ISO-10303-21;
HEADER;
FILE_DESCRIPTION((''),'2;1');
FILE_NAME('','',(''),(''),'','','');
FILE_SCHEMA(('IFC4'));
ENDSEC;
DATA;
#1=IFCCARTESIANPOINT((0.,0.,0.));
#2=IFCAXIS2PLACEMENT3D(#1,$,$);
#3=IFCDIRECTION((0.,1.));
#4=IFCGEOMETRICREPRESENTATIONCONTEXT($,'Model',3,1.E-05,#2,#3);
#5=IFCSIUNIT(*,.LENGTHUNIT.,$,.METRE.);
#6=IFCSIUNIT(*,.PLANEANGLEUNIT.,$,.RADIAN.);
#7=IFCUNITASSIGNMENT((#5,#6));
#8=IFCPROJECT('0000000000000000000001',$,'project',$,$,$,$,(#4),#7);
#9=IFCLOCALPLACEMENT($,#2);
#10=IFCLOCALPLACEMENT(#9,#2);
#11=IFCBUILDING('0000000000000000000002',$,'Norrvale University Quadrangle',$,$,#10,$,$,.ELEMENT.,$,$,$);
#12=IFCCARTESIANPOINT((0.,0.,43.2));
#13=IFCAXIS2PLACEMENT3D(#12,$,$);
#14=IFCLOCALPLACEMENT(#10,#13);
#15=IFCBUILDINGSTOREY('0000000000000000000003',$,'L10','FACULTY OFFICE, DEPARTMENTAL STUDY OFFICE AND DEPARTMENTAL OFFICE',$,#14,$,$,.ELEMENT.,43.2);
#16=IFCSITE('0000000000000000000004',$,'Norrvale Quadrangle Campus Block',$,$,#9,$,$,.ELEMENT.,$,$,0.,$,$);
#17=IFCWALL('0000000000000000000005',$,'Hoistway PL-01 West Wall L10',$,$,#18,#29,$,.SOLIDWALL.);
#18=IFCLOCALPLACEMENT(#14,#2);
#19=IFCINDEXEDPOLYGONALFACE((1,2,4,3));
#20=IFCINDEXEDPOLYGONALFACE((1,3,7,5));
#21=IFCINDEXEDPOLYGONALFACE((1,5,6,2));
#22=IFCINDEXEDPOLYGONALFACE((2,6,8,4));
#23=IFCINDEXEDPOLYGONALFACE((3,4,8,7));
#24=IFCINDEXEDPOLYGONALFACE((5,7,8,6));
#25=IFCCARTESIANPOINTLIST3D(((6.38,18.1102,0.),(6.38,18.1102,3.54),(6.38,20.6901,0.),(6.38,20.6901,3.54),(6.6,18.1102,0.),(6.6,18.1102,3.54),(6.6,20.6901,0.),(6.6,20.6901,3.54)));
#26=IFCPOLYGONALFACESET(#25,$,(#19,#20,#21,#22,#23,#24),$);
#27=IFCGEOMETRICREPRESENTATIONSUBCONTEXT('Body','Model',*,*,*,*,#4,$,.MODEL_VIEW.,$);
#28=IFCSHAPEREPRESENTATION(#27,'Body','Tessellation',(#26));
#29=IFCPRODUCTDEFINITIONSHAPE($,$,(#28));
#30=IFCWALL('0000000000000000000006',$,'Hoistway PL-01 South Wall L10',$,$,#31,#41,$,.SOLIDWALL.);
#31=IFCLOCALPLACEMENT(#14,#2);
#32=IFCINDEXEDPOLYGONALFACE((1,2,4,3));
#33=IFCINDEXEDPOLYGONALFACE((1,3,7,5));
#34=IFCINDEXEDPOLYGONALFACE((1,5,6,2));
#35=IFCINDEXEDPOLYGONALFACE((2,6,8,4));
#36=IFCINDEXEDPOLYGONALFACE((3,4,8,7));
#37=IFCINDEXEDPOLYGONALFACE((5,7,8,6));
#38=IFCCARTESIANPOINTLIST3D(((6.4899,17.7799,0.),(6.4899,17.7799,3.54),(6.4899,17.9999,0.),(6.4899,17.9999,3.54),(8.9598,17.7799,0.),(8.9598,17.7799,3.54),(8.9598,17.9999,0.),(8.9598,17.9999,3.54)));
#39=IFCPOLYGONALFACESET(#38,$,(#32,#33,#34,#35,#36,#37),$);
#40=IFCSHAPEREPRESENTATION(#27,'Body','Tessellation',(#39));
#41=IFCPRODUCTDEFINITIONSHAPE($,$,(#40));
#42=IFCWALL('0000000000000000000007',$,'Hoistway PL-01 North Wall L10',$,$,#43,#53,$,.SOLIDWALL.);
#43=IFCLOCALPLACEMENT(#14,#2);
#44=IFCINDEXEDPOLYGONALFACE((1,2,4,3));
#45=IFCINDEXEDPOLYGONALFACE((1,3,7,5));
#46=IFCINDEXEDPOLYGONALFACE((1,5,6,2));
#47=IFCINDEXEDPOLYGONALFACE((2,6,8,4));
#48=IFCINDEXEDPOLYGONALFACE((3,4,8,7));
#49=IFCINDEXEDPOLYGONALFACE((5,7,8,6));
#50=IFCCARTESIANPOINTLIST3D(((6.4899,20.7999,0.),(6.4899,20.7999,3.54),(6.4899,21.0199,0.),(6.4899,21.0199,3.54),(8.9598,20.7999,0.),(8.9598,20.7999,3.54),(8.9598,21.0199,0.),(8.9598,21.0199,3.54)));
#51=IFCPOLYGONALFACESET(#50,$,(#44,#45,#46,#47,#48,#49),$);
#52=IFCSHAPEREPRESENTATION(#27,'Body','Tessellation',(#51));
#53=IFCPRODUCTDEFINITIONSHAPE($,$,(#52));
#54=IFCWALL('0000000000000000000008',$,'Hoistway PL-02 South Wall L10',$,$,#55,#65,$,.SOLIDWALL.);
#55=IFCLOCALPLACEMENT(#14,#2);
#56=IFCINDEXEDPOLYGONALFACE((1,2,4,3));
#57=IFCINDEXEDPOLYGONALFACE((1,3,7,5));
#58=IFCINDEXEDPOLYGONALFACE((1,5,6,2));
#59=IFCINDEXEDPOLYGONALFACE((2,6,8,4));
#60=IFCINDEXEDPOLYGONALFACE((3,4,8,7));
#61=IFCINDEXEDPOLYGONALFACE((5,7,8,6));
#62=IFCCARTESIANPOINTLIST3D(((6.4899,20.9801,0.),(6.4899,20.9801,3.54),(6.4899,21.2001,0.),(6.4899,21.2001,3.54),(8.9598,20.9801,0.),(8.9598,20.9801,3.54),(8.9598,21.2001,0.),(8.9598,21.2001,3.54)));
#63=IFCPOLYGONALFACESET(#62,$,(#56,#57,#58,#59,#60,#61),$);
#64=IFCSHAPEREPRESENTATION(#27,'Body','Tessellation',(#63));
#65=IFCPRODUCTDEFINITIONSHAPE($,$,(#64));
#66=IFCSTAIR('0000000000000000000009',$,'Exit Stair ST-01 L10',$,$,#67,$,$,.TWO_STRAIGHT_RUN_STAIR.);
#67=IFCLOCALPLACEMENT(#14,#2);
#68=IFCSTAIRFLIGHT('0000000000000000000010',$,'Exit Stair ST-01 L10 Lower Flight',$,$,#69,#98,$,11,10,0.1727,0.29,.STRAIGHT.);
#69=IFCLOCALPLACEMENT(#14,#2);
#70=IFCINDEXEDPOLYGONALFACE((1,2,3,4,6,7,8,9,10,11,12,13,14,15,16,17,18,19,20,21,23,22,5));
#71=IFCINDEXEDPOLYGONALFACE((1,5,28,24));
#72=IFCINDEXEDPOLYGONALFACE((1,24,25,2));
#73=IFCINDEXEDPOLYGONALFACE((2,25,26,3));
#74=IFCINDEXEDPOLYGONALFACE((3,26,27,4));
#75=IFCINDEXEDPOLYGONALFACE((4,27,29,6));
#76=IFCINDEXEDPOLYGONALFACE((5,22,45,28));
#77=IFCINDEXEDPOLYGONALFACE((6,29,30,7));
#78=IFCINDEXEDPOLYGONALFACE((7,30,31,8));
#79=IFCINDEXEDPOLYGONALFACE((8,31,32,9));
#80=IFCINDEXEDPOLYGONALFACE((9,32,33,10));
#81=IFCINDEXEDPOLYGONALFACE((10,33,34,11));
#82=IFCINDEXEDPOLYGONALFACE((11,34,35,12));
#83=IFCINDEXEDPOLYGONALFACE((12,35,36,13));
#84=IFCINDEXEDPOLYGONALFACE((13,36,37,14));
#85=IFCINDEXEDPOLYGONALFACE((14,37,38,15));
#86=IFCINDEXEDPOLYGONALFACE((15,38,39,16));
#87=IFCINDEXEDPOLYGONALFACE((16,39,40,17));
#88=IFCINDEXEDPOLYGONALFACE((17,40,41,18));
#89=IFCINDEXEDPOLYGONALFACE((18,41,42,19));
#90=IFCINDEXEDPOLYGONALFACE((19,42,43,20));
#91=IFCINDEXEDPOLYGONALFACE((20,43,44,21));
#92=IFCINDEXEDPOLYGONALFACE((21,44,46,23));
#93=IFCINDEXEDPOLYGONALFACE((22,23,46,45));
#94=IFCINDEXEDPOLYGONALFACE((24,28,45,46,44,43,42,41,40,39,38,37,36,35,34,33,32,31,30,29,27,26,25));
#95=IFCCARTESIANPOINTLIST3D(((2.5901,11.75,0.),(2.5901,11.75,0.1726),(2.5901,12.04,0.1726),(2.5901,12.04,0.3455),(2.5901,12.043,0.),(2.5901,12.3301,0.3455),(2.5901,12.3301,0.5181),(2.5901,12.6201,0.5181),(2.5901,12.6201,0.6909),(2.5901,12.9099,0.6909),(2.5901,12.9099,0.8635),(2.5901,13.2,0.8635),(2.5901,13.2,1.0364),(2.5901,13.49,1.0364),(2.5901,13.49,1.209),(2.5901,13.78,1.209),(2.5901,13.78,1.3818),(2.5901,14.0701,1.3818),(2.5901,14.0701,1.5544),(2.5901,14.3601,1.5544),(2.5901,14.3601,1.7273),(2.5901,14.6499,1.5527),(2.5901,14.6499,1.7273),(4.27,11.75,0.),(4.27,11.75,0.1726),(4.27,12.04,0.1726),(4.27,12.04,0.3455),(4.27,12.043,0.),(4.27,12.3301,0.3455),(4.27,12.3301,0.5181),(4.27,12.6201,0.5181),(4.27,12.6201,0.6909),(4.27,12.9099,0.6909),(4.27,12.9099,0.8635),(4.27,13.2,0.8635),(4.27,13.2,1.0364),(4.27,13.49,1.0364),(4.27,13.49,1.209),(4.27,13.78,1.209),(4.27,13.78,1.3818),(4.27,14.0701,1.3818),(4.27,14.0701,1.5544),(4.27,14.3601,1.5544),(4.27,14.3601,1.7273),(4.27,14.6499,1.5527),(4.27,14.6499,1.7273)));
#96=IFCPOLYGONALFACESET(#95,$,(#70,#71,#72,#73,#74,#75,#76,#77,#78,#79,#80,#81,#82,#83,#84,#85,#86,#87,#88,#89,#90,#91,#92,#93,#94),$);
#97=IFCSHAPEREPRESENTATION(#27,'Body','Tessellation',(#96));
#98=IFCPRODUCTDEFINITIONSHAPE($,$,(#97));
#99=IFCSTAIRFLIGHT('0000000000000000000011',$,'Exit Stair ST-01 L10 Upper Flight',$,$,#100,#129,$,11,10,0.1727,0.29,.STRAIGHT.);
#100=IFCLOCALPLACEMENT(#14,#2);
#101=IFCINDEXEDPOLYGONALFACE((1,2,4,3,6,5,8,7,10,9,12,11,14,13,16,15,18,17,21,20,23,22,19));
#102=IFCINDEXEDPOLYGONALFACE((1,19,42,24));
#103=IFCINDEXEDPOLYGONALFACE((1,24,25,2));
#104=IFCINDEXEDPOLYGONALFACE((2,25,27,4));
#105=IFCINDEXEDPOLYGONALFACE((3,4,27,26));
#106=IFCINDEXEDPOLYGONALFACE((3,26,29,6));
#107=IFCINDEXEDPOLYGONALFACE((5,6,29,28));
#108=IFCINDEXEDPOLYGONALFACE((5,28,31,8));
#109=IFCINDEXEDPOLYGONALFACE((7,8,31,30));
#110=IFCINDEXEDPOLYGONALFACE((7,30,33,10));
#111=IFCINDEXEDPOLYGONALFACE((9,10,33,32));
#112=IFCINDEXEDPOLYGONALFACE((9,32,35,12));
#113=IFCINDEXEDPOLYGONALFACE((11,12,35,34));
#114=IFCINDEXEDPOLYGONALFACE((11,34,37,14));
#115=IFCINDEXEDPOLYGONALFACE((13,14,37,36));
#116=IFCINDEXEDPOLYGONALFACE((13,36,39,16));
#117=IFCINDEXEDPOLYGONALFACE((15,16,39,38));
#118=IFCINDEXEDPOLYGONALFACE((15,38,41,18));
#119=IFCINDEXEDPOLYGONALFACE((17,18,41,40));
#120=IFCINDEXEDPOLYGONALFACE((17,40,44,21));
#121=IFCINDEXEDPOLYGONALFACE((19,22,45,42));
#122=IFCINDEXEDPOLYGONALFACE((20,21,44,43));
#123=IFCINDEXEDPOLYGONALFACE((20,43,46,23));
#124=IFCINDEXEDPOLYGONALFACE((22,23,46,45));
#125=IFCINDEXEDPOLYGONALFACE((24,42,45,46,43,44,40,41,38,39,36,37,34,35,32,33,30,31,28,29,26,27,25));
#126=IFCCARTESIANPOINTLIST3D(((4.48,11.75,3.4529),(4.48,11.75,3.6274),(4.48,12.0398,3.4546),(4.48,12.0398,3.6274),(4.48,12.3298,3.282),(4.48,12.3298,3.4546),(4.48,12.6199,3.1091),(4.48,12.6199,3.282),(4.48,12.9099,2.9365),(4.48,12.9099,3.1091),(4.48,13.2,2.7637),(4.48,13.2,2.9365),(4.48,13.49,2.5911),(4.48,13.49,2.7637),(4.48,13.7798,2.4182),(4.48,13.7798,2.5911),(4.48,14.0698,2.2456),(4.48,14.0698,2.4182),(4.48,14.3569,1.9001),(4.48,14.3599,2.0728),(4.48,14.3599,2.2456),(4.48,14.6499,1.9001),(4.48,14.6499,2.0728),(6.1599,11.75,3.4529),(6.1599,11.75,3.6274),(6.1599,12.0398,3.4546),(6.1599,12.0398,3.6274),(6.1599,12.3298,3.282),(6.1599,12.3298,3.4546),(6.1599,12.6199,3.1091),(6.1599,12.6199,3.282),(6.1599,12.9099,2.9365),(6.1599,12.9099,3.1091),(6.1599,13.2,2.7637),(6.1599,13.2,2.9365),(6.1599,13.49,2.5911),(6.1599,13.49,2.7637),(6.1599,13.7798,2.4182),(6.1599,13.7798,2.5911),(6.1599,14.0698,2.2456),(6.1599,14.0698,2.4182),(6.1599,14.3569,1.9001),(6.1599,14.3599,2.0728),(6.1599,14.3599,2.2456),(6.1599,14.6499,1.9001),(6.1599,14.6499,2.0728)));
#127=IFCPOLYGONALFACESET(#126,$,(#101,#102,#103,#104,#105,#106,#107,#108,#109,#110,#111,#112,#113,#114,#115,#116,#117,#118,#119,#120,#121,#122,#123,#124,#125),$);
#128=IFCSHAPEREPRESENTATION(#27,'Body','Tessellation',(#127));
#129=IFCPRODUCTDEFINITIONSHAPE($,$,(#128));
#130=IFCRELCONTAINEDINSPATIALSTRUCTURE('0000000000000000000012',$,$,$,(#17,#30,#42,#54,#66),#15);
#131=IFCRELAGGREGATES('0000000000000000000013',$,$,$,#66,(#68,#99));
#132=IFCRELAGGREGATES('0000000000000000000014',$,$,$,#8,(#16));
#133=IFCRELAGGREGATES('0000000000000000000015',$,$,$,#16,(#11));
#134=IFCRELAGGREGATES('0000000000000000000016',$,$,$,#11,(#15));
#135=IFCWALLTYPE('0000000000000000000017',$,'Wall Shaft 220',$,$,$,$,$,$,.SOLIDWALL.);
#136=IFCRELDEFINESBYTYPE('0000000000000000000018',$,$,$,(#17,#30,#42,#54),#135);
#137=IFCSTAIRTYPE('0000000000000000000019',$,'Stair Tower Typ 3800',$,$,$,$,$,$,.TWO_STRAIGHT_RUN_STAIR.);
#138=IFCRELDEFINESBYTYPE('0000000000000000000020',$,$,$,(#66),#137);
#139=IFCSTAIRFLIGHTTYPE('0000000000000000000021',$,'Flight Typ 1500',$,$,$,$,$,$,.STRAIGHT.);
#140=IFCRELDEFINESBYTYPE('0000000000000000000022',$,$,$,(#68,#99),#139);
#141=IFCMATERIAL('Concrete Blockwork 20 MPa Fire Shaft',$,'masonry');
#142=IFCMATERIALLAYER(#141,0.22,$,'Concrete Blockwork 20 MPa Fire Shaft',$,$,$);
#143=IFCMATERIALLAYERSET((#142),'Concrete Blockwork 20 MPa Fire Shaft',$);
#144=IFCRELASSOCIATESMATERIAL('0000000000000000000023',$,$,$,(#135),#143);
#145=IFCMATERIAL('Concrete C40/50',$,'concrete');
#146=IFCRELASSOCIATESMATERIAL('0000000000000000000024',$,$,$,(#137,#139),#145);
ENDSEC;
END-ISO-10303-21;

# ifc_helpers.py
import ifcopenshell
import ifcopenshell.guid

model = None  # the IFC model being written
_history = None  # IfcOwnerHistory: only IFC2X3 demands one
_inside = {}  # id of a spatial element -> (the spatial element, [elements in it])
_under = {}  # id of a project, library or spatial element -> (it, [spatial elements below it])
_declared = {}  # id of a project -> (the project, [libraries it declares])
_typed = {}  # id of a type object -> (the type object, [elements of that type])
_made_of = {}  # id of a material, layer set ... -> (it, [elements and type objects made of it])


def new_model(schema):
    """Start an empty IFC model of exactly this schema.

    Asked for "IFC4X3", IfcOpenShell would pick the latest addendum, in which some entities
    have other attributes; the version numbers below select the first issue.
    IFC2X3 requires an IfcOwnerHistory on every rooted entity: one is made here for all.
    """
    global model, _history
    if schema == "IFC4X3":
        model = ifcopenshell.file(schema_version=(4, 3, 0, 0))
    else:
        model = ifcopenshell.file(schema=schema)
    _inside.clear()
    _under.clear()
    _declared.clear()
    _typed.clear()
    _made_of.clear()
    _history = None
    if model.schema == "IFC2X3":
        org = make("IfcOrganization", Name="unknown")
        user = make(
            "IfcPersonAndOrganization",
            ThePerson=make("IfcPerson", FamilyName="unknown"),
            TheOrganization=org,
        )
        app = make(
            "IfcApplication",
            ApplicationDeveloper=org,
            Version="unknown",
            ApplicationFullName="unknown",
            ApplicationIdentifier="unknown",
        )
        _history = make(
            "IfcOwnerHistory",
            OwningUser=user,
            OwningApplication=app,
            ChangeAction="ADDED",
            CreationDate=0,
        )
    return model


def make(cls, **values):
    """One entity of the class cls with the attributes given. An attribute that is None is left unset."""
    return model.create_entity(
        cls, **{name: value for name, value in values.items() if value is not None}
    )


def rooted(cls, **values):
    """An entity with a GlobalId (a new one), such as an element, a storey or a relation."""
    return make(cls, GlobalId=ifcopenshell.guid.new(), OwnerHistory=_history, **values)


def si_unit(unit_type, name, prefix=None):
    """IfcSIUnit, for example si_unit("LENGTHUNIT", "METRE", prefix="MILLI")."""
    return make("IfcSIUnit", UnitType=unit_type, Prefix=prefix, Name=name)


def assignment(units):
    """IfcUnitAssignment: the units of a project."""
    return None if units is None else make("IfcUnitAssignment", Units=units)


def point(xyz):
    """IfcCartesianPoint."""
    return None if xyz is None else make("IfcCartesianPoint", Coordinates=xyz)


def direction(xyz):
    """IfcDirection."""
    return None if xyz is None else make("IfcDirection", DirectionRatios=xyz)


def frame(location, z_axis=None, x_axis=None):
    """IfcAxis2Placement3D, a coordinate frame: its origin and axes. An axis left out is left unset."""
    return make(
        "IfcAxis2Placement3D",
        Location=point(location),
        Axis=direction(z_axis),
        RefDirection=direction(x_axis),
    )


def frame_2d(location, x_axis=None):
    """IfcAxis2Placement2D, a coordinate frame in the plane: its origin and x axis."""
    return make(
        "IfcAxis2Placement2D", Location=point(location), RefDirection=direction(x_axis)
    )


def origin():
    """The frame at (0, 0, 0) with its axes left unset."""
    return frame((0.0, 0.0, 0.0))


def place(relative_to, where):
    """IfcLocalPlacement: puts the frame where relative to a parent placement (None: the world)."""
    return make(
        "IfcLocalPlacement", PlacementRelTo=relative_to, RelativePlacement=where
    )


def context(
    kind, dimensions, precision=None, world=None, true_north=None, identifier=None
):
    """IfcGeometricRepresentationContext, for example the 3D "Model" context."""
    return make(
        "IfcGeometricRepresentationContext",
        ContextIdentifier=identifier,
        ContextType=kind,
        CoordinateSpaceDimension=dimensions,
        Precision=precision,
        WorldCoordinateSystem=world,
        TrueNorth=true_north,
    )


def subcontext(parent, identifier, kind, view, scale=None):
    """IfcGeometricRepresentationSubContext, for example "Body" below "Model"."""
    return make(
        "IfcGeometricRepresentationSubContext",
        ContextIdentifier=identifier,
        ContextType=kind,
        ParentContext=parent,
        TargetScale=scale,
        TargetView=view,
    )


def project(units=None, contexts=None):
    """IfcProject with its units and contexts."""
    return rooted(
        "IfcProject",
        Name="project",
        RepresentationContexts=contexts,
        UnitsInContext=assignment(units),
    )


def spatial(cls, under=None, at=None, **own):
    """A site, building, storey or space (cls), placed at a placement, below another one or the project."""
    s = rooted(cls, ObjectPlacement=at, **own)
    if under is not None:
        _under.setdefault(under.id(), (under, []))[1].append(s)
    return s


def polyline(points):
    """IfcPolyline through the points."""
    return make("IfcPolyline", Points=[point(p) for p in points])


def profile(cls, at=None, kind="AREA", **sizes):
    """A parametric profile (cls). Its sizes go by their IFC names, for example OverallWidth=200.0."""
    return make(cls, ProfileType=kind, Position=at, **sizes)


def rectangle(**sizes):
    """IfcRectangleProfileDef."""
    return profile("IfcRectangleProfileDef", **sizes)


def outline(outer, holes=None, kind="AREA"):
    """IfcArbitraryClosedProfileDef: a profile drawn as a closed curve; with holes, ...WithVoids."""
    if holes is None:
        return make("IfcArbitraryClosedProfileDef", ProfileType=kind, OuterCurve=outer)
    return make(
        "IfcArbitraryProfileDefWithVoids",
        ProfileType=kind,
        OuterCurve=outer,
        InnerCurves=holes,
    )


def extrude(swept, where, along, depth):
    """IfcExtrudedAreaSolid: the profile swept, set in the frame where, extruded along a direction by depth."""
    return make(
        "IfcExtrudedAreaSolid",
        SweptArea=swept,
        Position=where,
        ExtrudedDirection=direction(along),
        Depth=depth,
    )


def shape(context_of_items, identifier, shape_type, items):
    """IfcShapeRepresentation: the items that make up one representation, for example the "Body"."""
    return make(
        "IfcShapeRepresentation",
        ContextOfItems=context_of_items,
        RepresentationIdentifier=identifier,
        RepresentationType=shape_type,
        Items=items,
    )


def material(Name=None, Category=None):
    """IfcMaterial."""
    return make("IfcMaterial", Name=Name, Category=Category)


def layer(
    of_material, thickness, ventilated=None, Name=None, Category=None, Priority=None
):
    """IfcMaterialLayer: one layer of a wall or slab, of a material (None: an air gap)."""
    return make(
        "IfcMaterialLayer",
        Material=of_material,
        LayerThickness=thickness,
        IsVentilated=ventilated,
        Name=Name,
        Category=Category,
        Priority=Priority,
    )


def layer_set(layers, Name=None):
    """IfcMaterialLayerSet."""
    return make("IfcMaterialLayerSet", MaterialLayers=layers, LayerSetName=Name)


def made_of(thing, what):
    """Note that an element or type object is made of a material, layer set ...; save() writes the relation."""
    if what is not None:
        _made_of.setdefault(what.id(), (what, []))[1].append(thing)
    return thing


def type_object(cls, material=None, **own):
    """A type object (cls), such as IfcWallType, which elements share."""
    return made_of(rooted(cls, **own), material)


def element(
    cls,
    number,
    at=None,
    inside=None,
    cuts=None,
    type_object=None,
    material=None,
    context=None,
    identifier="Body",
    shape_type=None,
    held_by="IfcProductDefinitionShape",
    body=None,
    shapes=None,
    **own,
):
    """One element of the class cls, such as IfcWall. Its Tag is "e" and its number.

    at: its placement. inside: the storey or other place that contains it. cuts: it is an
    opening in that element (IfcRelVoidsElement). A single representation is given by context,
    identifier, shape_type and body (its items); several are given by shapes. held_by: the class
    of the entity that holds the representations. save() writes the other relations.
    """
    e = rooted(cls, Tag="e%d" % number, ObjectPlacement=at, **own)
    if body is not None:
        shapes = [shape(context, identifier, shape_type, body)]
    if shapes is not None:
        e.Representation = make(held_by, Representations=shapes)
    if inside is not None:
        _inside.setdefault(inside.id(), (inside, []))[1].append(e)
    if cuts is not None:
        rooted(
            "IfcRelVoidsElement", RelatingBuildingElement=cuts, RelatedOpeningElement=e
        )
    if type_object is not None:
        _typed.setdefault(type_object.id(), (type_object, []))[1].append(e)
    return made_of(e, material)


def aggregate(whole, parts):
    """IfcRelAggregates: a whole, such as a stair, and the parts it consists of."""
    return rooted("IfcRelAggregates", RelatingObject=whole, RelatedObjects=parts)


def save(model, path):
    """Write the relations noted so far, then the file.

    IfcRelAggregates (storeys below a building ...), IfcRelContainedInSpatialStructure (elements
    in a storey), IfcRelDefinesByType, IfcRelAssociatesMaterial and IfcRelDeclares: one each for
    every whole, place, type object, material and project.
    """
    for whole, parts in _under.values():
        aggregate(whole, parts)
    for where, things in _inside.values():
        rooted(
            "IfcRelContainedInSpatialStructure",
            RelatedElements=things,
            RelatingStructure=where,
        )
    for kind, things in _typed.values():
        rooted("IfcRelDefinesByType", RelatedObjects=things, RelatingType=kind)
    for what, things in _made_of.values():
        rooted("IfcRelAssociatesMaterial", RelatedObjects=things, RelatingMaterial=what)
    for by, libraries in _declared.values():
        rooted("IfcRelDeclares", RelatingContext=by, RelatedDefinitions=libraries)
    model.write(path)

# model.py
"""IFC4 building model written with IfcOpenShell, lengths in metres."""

from ifc_helpers import new_model, si_unit, direction, frame, frame_2d, origin, place, context, subcontext, project, spatial, polyline, rectangle, outline, extrude, material, layer, layer_set, type_object, element, aggregate, save


model = new_model("IFC4")

# Units and contexts
model_context = context("Model", 3, precision=1e-05, world=origin(), true_north=direction((0.0, 1.0)))
body_context = subcontext(model_context, "Body", "Model", "MODEL_VIEW")
ifc_project = project(units=[si_unit("LENGTHUNIT", "METRE"), si_unit("PLANEANGLEUNIT", "RADIAN")], contexts=[model_context])

# Site, building, storey
site_placement = place(None, origin())
site = spatial("IfcSite", under=ifc_project, at=site_placement, Name="Norrvale Quadrangle Campus Block", CompositionType="ELEMENT", RefElevation=0.0)
building_placement = place(site_placement, origin())
building = spatial("IfcBuilding", under=site, at=building_placement, Name="Norrvale University Quadrangle", CompositionType="ELEMENT")
storey_placement = place(building_placement, frame((0.0, 0.0, 43.2)))
storey = spatial("IfcBuildingStorey", under=building, at=storey_placement, Name="L10", Description="FACULTY OFFICE, DEPARTMENTAL STUDY OFFICE AND DEPARTMENTAL OFFICE", CompositionType="ELEMENT", Elevation=43.2)

# Walls
ifc_material_1 = material(Name="Concrete Blockwork 20 MPa Fire Shaft", Category="masonry")
ifc_layer_1 = layer(ifc_material_1, 0.22, Name="Concrete Blockwork 20 MPa Fire Shaft")
ifc_layer_set_1 = layer_set([ifc_layer_1], Name="Concrete Blockwork 20 MPa Fire Shaft")
wall_type_1 = type_object("IfcWallType", Name="Wall Shaft 220", PredefinedType="SOLIDWALL", material=ifc_layer_set_1)
wall_1_placement = place(storey_placement, frame((6.49, 18.1101, 0.0), z_axis=(0.0, 0.0, 1.0), x_axis=(0.0, 1.0, 0.0)))
element("IfcWall", 1, at=wall_1_placement, inside=storey, type_object=wall_type_1, Name="Hoistway PL-01 West Wall L10", PredefinedType="SOLIDWALL", context=body_context, shape_type="SweptSolid", body=[
    extrude(rectangle(XDim=2.5798, YDim=0.22, at=frame_2d((1.29, 0.0))), origin(), (0.0, 0.0, 1.0), 3.54),
])
for number, where, z_axis, x_axis, name in (
    (2, (6.49, 17.8899, 0.0), (0.0, 0.0, 1.0), (1.0, 0.0, 0.0), "Hoistway PL-01 South Wall L10"),
    (3, (6.49, 20.9099, 0.0), (0.0, 0.0, 1.0), (1.0, 0.0, 0.0), "Hoistway PL-01 North Wall L10"),
    (4, (6.49, 21.0901, 0.0), (0.0, 0.0, 1.0), (1.0, 0.0, 0.0), "Hoistway PL-02 South Wall L10"),
):
    element("IfcWall", number, at=place(storey_placement, frame(where, z_axis=z_axis, x_axis=x_axis)), inside=storey, type_object=wall_type_1, Name=name, PredefinedType="SOLIDWALL", context=body_context, shape_type="SweptSolid", body=[
        extrude(rectangle(XDim=2.47, YDim=0.22, at=frame_2d((1.2349, 0.0))), origin(), (0.0, 0.0, 1.0), 3.54),
    ])

# Stair, stair flights
ifc_material_2 = material(Name="Concrete C40/50", Category="concrete")
stair_type = type_object("IfcStairType", Name="Stair Tower Typ 3800", PredefinedType="TWO_STRAIGHT_RUN_STAIR", material=ifc_material_2)
stair_placement = place(storey_placement, origin())
stair = element("IfcStair", 5, at=stair_placement, inside=storey, type_object=stair_type, Name="Exit Stair ST-01 L10", PredefinedType="TWO_STRAIGHT_RUN_STAIR")
stair_flight_type = type_object("IfcStairFlightType", Name="Flight Typ 1500", PredefinedType="STRAIGHT", material=ifc_material_2)
stair_flight_1_placement = place(storey_placement, frame((3.4299, 11.75, 0.0), z_axis=(0.0, 0.0, 1.0), x_axis=(0.0, 1.0, 0.0)))
stair_flight_1 = element("IfcStairFlight", 6, at=stair_flight_1_placement, type_object=stair_flight_type, Name="Exit Stair ST-01 L10 Lower Flight", NumberOfRisers=11, NumberOfTreads=10, PredefinedType="STRAIGHT", RiserHeight=0.1727, TreadLength=0.29, context=body_context, shape_type="SweptSolid", body=[
    extrude(outline(polyline([(0.0, 0.0), (0.0, 0.1726), (0.29, 0.1726), (0.29, 0.3455), (0.5801, 0.3455), (0.5801, 0.5181), (0.8701, 0.5181), (0.8701, 0.6909), (1.1599, 0.6909), (1.1599, 0.8635), (1.45, 0.8635), (1.45, 1.0364), (1.74, 1.0364), (1.74, 1.209), (2.03, 1.209), (2.03, 1.3818), (2.3201, 1.3818), (2.3201, 1.5544), (2.6101, 1.5544), (2.6101, 1.7273), (2.8999, 1.7273), (2.8999, 1.8999), (2.8999, 1.5527), (0.293, 0.0), (0.0, 0.0)])), frame((0.0, 0.8398, 0.0), z_axis=(0.0, -1.0, 0.0), x_axis=(1.0, 0.0, 0.0)), (0.0, 0.0, 1.0), 1.6799),
])
stair_flight_2_placement = place(storey_placement, frame((5.3201, 14.6499, 1.9001), z_axis=(0.0, 0.0, 1.0), x_axis=(0.0, -1.0, 0.0)))
stair_flight_2 = element("IfcStairFlight", 7, at=stair_flight_2_placement, type_object=stair_flight_type, Name="Exit Stair ST-01 L10 Upper Flight", NumberOfRisers=11, NumberOfTreads=10, PredefinedType="STRAIGHT", RiserHeight=0.1727, TreadLength=0.29, context=body_context, shape_type="SweptSolid", body=[
    extrude(outline(polyline([(0.0, 0.0), (0.0, 0.1726), (0.29, 0.1726), (0.29, 0.3455), (0.5801, 0.3455), (0.5801, 0.5181), (0.8701, 0.5181), (0.8701, 0.6909), (1.1599, 0.6909), (1.1599, 0.8635), (1.45, 0.8635), (1.45, 1.0364), (1.74, 1.0364), (1.74, 1.209), (2.03, 1.209), (2.03, 1.3818), (2.3201, 1.3818), (2.3201, 1.5544), (2.6101, 1.5544), (2.6101, 1.7273), (2.8999, 1.7273), (2.8999, 1.8999), (2.8999, 1.5527), (0.293, 0.0), (0.0, 0.0)])), frame((0.0, 0.8398, 0.0), z_axis=(0.0, -1.0, 0.0), x_axis=(1.0, 0.0, 0.0)), (0.0, 0.0, 1.0), 1.6799),
])
aggregate(stair, [stair_flight_1, stair_flight_2])

save(model, "model.ifc")
